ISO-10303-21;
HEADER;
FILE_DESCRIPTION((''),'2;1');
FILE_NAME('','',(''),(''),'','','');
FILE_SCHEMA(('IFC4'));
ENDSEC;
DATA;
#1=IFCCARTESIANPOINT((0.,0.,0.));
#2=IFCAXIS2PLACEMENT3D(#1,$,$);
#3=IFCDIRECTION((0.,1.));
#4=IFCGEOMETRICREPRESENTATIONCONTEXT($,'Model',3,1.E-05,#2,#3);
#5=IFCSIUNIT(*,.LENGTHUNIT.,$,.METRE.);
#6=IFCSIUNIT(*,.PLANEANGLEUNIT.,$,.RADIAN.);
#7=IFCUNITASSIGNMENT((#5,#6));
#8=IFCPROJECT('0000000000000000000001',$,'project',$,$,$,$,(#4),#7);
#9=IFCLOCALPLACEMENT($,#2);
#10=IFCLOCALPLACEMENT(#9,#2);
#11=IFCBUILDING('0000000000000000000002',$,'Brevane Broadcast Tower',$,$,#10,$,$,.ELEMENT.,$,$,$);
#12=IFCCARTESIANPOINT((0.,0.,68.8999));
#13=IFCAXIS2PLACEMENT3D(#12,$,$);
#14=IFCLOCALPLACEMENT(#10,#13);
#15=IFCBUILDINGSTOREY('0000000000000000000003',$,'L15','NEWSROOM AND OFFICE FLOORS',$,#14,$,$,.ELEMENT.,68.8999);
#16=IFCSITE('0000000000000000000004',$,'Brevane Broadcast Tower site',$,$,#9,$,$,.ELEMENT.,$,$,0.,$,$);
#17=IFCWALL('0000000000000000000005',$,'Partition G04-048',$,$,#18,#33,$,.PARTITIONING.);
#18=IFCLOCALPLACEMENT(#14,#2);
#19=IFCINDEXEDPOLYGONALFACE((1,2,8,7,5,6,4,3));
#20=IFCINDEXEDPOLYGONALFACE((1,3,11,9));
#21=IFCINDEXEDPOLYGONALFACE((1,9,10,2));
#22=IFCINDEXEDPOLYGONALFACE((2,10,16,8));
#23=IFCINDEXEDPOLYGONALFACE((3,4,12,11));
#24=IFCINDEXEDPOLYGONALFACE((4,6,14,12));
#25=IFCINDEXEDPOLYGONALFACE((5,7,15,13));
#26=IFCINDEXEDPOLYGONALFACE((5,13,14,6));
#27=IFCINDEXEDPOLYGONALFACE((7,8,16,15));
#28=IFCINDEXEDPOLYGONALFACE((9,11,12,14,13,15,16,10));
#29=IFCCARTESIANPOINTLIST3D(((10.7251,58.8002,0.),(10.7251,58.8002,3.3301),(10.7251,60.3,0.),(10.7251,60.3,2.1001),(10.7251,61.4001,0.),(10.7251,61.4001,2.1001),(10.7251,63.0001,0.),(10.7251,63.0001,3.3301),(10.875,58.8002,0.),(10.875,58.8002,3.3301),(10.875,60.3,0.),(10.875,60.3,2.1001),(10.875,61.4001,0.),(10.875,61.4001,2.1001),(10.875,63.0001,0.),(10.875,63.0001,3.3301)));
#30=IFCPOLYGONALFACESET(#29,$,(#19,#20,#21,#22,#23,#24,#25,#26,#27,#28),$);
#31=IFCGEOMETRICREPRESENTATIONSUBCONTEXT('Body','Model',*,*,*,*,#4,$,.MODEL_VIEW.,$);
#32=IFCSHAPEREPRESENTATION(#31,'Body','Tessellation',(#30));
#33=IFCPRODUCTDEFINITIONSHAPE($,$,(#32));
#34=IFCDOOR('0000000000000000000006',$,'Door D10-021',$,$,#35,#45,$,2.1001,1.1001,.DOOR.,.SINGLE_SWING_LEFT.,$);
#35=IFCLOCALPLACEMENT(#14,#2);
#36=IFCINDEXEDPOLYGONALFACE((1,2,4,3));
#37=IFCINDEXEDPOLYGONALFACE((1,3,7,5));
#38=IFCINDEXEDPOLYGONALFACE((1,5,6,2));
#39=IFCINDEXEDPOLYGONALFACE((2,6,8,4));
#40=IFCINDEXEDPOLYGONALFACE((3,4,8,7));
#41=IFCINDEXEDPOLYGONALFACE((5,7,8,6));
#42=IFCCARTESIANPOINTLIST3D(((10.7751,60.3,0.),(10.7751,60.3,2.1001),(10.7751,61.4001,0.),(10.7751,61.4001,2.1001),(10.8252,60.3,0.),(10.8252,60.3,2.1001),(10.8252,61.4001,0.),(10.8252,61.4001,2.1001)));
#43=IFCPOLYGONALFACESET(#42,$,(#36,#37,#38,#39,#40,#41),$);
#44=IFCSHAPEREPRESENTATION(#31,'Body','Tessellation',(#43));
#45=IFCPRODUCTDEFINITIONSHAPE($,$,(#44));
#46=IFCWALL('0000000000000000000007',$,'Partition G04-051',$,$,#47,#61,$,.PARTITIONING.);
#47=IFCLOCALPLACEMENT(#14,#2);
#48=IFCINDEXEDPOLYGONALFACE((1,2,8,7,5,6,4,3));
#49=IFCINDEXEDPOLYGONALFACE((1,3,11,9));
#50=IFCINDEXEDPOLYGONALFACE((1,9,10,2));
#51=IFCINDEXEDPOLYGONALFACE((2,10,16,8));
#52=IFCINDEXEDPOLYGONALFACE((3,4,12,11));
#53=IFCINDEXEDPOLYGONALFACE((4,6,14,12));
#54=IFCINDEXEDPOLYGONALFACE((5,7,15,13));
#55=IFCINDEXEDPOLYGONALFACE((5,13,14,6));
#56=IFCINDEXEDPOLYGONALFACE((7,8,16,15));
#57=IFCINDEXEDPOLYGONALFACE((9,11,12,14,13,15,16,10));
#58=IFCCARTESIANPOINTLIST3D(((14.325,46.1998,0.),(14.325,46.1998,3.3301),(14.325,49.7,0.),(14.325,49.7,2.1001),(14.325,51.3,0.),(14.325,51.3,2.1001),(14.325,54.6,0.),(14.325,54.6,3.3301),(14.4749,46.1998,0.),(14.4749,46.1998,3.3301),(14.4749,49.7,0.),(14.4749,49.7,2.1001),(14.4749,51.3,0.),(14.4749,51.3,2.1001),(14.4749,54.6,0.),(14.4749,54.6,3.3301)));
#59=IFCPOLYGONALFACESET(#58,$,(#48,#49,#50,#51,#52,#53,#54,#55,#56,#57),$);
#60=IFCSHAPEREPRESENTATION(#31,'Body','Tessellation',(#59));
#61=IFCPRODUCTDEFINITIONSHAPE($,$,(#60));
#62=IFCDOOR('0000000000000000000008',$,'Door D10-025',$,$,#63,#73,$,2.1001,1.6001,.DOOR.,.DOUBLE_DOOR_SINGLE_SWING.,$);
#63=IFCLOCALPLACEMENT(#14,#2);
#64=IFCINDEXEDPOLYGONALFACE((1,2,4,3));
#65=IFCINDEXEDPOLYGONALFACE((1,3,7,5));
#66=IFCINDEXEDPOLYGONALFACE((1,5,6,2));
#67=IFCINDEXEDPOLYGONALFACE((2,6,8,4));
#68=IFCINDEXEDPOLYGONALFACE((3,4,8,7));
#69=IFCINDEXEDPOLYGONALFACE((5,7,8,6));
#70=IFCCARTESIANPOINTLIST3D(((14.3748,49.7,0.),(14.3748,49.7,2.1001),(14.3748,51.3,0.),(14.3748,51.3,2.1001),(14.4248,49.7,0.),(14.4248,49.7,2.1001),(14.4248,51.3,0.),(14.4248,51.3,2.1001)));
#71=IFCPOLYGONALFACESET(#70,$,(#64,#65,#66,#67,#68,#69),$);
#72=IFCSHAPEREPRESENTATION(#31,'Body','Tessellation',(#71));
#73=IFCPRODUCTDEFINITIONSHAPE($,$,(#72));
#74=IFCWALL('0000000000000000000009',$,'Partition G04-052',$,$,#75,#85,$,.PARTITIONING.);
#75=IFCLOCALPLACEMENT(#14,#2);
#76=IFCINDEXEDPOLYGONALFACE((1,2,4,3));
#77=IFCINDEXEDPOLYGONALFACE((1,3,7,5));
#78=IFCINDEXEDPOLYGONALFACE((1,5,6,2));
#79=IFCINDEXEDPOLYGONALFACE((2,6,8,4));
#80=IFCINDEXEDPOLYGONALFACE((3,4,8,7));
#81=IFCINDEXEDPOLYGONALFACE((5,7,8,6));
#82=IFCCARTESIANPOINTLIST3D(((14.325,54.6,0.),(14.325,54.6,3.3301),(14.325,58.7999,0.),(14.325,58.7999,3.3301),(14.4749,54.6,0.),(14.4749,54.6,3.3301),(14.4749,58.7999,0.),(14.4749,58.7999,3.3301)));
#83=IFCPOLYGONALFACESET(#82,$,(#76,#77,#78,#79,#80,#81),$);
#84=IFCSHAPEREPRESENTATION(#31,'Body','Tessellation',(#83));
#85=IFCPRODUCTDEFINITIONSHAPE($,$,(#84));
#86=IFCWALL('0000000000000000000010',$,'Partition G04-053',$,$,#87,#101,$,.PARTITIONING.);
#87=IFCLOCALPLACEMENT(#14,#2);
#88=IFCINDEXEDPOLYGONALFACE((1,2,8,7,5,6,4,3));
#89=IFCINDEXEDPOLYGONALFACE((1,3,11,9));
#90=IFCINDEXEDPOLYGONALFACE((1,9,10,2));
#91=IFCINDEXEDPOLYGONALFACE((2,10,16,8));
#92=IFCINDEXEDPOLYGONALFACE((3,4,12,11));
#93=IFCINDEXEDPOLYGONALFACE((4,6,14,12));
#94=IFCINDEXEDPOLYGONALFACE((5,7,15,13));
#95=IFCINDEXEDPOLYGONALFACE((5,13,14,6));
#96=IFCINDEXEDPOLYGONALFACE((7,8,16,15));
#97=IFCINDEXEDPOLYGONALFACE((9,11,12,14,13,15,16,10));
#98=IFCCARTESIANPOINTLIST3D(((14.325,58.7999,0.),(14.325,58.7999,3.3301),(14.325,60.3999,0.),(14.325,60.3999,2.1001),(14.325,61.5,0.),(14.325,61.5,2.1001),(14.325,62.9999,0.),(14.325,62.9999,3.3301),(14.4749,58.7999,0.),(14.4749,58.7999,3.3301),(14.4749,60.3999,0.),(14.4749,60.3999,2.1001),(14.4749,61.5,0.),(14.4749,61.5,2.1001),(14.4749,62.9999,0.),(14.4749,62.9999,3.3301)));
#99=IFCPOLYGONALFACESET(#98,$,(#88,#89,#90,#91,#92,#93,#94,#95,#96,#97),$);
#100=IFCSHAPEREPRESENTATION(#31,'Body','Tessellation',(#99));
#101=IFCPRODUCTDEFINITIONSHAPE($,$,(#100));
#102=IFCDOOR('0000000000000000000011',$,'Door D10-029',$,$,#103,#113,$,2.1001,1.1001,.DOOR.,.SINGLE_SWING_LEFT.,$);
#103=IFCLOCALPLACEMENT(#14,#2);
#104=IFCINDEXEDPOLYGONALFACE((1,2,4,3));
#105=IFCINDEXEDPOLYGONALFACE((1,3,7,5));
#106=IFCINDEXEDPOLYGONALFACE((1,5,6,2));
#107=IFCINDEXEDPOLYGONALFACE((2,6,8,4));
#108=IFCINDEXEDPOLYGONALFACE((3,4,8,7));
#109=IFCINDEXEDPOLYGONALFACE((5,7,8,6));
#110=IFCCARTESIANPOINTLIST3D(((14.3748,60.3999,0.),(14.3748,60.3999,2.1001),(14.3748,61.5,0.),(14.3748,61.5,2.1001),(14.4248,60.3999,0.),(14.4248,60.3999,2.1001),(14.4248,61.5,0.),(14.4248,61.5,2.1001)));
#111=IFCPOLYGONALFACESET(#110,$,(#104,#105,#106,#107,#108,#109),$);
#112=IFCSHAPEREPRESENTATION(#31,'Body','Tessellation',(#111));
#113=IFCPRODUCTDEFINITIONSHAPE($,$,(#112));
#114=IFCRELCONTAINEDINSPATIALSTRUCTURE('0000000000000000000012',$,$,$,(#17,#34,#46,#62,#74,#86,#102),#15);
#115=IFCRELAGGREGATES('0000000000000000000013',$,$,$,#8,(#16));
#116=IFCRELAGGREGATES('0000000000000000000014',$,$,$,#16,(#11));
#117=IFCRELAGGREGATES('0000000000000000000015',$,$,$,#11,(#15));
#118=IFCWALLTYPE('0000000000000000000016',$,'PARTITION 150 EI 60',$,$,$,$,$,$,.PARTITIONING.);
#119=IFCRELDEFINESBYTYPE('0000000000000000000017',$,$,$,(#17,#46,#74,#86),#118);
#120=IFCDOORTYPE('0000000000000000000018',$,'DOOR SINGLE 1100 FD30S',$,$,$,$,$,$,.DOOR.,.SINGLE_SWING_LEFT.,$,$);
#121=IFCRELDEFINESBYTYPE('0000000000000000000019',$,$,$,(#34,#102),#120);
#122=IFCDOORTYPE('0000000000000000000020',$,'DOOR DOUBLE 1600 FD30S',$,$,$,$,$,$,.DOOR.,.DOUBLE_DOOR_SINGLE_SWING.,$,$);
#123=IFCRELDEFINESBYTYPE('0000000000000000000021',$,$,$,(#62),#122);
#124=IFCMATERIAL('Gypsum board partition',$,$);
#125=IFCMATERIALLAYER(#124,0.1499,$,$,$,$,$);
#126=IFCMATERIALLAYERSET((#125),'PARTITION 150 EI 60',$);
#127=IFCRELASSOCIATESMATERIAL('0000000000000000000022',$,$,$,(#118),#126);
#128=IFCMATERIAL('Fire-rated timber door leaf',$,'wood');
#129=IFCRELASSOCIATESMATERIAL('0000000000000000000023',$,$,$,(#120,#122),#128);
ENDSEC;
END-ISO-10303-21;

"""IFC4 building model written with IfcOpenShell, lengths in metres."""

from ifc_helpers import new_model, si_unit, direction, frame, frame_2d, origin, place, context, subcontext, project, spatial, rectangle, extrude, material, layer, layer_set, type_object, element, fill, save


model = new_model("IFC4")

# Units and contexts
model_context = context("Model", 3, precision=1e-05, world=origin(), true_north=direction((0.0, 1.0)))
body_context = subcontext(model_context, "Body", "Model", "MODEL_VIEW")
ifc_project = project(units=[si_unit("LENGTHUNIT", "METRE"), si_unit("PLANEANGLEUNIT", "RADIAN")], contexts=[model_context])

# Site, building, storey
site_placement = place(None, origin())
site = spatial("IfcSite", under=ifc_project, at=site_placement, Name="Brevane Broadcast Tower site", CompositionType="ELEMENT", RefElevation=0.0)
building_placement = place(site_placement, origin())
building = spatial("IfcBuilding", under=site, at=building_placement, Name="Brevane Broadcast Tower", CompositionType="ELEMENT")
storey_placement = place(building_placement, frame((0.0, 0.0, 68.8999)))
storey = spatial("IfcBuildingStorey", under=building, at=storey_placement, Name="L15", Description="NEWSROOM AND OFFICE FLOORS", CompositionType="ELEMENT", Elevation=68.8999)

# Shared definitions
ifc_material_1 = material(Name="Gypsum board partition")

# Walls, openings, doors
ifc_layer_1 = layer(ifc_material_1, 0.1499)
ifc_layer_set_1 = layer_set([ifc_layer_1], Name="PARTITION 150 EI 60")
wall_type_1 = type_object("IfcWallType", Name="PARTITION 150 EI 60", PredefinedType="PARTITIONING", material=ifc_layer_set_1)
ifc_material_2 = material(Name="Fire-rated timber door leaf", Category="wood")
wall_1_placement = place(storey_placement, frame((10.8, 58.8, 0.0), z_axis=(0.0, 0.0, 1.0), x_axis=(0.0, 1.0, 0.0)))
wall_1 = element("IfcWall", 1, at=wall_1_placement, inside=storey, type_object=wall_type_1, Name="Partition G04-048", PredefinedType="PARTITIONING", context=body_context, shape_type="SweptSolid", body=[
    extrude(rectangle(XDim=4.2, YDim=0.1499, at=frame_2d((2.1001, 0.0))), origin(), (0.0, 0.0, 1.0), 3.3301),
])
opening_1_placement = place(wall_1_placement, frame((1.5, 0.0, 0.0)))
opening_1 = element("IfcOpeningElement", 2, at=opening_1_placement, cuts=wall_1, PredefinedType="OPENING", context=body_context, shape_type="SweptSolid", body=[
    extrude(rectangle(XDim=1.1001, YDim=2.1001, at=frame_2d((0.55, 1.05))), frame((0.0, 0.085, 0.0), z_axis=(0.0, -1.0, 0.0), x_axis=(1.0, 0.0, 0.0)), (0.0, 0.0, 1.0), 0.1699),
])
door_type_1 = type_object("IfcDoorType", Name="DOOR SINGLE 1100 FD30S", OperationType="SINGLE_SWING_LEFT", PredefinedType="DOOR", material=ifc_material_2)
door_1_placement = place(opening_1_placement, origin())
door_1 = element("IfcDoor", 3, at=door_1_placement, inside=storey, type_object=door_type_1, Name="Door D10-021", OperationType="SINGLE_SWING_LEFT", OverallHeight=2.1001, OverallWidth=1.1001, PredefinedType="DOOR", context=body_context, shape_type="SweptSolid", body=[
    extrude(rectangle(XDim=1.1001, YDim=2.1001, at=frame_2d((0.55, 1.05))), frame((0.0, 0.0249, 0.0), z_axis=(0.0, -1.0, 0.0), x_axis=(1.0, 0.0, 0.0)), (0.0, 0.0, 1.0), 0.05),
])
fill(opening_1, door_1)
wall_2_placement = place(storey_placement, frame((14.3999, 54.6001, 0.0), z_axis=(0.0, 0.0, 1.0), x_axis=(0.0, -1.0, 0.0)))
wall_2 = element("IfcWall", 4, at=wall_2_placement, inside=storey, type_object=wall_type_1, Name="Partition G04-051", PredefinedType="PARTITIONING", context=body_context, shape_type="SweptSolid", body=[
    extrude(rectangle(XDim=8.4001, YDim=0.1499, at=frame_2d((4.2002, 0.0))), origin(), (0.0, 0.0, 1.0), 3.3301),
])
opening_2_placement = place(wall_2_placement, frame((3.3, 0.0, 0.0)))
opening_2 = element("IfcOpeningElement", 5, at=opening_2_placement, cuts=wall_2, PredefinedType="OPENING", context=body_context, shape_type="SweptSolid", body=[
    extrude(rectangle(XDim=1.6001, YDim=2.1001, at=frame_2d((0.8, 1.05))), frame((0.0, 0.085, 0.0), z_axis=(0.0, -1.0, 0.0), x_axis=(1.0, 0.0, 0.0)), (0.0, 0.0, 1.0), 0.1699),
])
door_type_2 = type_object("IfcDoorType", Name="DOOR DOUBLE 1600 FD30S", OperationType="DOUBLE_DOOR_SINGLE_SWING", PredefinedType="DOOR", material=ifc_material_2)
door_2_placement = place(opening_2_placement, origin())
door_2 = element("IfcDoor", 6, at=door_2_placement, inside=storey, type_object=door_type_2, Name="Door D10-025", OperationType="DOUBLE_DOOR_SINGLE_SWING", OverallHeight=2.1001, OverallWidth=1.6001, PredefinedType="DOOR", context=body_context, shape_type="SweptSolid", body=[
    extrude(rectangle(XDim=1.6001, YDim=2.1001, at=frame_2d((0.8, 1.05))), frame((0.0, 0.0249, 0.0), z_axis=(0.0, -1.0, 0.0), x_axis=(1.0, 0.0, 0.0)), (0.0, 0.0, 1.0), 0.05),
])
fill(opening_2, door_2)

# Wall
wall_3_placement = place(storey_placement, frame((14.3999, 58.8, 0.0), z_axis=(0.0, 0.0, 1.0), x_axis=(0.0, -1.0, 0.0)))
element("IfcWall", 7, at=wall_3_placement, inside=storey, type_object=wall_type_1, Name="Partition G04-052", PredefinedType="PARTITIONING", context=body_context, shape_type="SweptSolid", body=[
    extrude(rectangle(XDim=4.2, YDim=0.1499, at=frame_2d((2.1001, 0.0))), origin(), (0.0, 0.0, 1.0), 3.3301),
])

# Wall, opening, door
wall_4_placement = place(storey_placement, frame((14.3999, 63.0, 0.0), z_axis=(0.0, 0.0, 1.0), x_axis=(0.0, -1.0, 0.0)))
wall_4 = element("IfcWall", 8, at=wall_4_placement, inside=storey, type_object=wall_type_1, Name="Partition G04-053", PredefinedType="PARTITIONING", context=body_context, shape_type="SweptSolid", body=[
    extrude(rectangle(XDim=4.2, YDim=0.1499, at=frame_2d((2.1001, 0.0))), origin(), (0.0, 0.0, 1.0), 3.3301),
])
opening_3_placement = place(wall_4_placement, frame((1.5, 0.0, 0.0)))
opening_3 = element("IfcOpeningElement", 9, at=opening_3_placement, cuts=wall_4, PredefinedType="OPENING", context=body_context, shape_type="SweptSolid", body=[
    extrude(rectangle(XDim=1.1001, YDim=2.1001, at=frame_2d((0.55, 1.05))), frame((0.0, 0.085, 0.0), z_axis=(0.0, -1.0, 0.0), x_axis=(1.0, 0.0, 0.0)), (0.0, 0.0, 1.0), 0.1699),
])
door_3_placement = place(opening_3_placement, origin())
door_3 = element("IfcDoor", 10, at=door_3_placement, inside=storey, type_object=door_type_1, Name="Door D10-029", OperationType="SINGLE_SWING_LEFT", OverallHeight=2.1001, OverallWidth=1.1001, PredefinedType="DOOR", context=body_context, shape_type="SweptSolid", body=[
    extrude(rectangle(XDim=1.1001, YDim=2.1001, at=frame_2d((0.55, 1.05))), frame((0.0, 0.0249, 0.0), z_axis=(0.0, -1.0, 0.0), x_axis=(1.0, 0.0, 0.0)), (0.0, 0.0, 1.0), 0.05),
])
fill(opening_3, door_3)

save(model, "model.ifc")
